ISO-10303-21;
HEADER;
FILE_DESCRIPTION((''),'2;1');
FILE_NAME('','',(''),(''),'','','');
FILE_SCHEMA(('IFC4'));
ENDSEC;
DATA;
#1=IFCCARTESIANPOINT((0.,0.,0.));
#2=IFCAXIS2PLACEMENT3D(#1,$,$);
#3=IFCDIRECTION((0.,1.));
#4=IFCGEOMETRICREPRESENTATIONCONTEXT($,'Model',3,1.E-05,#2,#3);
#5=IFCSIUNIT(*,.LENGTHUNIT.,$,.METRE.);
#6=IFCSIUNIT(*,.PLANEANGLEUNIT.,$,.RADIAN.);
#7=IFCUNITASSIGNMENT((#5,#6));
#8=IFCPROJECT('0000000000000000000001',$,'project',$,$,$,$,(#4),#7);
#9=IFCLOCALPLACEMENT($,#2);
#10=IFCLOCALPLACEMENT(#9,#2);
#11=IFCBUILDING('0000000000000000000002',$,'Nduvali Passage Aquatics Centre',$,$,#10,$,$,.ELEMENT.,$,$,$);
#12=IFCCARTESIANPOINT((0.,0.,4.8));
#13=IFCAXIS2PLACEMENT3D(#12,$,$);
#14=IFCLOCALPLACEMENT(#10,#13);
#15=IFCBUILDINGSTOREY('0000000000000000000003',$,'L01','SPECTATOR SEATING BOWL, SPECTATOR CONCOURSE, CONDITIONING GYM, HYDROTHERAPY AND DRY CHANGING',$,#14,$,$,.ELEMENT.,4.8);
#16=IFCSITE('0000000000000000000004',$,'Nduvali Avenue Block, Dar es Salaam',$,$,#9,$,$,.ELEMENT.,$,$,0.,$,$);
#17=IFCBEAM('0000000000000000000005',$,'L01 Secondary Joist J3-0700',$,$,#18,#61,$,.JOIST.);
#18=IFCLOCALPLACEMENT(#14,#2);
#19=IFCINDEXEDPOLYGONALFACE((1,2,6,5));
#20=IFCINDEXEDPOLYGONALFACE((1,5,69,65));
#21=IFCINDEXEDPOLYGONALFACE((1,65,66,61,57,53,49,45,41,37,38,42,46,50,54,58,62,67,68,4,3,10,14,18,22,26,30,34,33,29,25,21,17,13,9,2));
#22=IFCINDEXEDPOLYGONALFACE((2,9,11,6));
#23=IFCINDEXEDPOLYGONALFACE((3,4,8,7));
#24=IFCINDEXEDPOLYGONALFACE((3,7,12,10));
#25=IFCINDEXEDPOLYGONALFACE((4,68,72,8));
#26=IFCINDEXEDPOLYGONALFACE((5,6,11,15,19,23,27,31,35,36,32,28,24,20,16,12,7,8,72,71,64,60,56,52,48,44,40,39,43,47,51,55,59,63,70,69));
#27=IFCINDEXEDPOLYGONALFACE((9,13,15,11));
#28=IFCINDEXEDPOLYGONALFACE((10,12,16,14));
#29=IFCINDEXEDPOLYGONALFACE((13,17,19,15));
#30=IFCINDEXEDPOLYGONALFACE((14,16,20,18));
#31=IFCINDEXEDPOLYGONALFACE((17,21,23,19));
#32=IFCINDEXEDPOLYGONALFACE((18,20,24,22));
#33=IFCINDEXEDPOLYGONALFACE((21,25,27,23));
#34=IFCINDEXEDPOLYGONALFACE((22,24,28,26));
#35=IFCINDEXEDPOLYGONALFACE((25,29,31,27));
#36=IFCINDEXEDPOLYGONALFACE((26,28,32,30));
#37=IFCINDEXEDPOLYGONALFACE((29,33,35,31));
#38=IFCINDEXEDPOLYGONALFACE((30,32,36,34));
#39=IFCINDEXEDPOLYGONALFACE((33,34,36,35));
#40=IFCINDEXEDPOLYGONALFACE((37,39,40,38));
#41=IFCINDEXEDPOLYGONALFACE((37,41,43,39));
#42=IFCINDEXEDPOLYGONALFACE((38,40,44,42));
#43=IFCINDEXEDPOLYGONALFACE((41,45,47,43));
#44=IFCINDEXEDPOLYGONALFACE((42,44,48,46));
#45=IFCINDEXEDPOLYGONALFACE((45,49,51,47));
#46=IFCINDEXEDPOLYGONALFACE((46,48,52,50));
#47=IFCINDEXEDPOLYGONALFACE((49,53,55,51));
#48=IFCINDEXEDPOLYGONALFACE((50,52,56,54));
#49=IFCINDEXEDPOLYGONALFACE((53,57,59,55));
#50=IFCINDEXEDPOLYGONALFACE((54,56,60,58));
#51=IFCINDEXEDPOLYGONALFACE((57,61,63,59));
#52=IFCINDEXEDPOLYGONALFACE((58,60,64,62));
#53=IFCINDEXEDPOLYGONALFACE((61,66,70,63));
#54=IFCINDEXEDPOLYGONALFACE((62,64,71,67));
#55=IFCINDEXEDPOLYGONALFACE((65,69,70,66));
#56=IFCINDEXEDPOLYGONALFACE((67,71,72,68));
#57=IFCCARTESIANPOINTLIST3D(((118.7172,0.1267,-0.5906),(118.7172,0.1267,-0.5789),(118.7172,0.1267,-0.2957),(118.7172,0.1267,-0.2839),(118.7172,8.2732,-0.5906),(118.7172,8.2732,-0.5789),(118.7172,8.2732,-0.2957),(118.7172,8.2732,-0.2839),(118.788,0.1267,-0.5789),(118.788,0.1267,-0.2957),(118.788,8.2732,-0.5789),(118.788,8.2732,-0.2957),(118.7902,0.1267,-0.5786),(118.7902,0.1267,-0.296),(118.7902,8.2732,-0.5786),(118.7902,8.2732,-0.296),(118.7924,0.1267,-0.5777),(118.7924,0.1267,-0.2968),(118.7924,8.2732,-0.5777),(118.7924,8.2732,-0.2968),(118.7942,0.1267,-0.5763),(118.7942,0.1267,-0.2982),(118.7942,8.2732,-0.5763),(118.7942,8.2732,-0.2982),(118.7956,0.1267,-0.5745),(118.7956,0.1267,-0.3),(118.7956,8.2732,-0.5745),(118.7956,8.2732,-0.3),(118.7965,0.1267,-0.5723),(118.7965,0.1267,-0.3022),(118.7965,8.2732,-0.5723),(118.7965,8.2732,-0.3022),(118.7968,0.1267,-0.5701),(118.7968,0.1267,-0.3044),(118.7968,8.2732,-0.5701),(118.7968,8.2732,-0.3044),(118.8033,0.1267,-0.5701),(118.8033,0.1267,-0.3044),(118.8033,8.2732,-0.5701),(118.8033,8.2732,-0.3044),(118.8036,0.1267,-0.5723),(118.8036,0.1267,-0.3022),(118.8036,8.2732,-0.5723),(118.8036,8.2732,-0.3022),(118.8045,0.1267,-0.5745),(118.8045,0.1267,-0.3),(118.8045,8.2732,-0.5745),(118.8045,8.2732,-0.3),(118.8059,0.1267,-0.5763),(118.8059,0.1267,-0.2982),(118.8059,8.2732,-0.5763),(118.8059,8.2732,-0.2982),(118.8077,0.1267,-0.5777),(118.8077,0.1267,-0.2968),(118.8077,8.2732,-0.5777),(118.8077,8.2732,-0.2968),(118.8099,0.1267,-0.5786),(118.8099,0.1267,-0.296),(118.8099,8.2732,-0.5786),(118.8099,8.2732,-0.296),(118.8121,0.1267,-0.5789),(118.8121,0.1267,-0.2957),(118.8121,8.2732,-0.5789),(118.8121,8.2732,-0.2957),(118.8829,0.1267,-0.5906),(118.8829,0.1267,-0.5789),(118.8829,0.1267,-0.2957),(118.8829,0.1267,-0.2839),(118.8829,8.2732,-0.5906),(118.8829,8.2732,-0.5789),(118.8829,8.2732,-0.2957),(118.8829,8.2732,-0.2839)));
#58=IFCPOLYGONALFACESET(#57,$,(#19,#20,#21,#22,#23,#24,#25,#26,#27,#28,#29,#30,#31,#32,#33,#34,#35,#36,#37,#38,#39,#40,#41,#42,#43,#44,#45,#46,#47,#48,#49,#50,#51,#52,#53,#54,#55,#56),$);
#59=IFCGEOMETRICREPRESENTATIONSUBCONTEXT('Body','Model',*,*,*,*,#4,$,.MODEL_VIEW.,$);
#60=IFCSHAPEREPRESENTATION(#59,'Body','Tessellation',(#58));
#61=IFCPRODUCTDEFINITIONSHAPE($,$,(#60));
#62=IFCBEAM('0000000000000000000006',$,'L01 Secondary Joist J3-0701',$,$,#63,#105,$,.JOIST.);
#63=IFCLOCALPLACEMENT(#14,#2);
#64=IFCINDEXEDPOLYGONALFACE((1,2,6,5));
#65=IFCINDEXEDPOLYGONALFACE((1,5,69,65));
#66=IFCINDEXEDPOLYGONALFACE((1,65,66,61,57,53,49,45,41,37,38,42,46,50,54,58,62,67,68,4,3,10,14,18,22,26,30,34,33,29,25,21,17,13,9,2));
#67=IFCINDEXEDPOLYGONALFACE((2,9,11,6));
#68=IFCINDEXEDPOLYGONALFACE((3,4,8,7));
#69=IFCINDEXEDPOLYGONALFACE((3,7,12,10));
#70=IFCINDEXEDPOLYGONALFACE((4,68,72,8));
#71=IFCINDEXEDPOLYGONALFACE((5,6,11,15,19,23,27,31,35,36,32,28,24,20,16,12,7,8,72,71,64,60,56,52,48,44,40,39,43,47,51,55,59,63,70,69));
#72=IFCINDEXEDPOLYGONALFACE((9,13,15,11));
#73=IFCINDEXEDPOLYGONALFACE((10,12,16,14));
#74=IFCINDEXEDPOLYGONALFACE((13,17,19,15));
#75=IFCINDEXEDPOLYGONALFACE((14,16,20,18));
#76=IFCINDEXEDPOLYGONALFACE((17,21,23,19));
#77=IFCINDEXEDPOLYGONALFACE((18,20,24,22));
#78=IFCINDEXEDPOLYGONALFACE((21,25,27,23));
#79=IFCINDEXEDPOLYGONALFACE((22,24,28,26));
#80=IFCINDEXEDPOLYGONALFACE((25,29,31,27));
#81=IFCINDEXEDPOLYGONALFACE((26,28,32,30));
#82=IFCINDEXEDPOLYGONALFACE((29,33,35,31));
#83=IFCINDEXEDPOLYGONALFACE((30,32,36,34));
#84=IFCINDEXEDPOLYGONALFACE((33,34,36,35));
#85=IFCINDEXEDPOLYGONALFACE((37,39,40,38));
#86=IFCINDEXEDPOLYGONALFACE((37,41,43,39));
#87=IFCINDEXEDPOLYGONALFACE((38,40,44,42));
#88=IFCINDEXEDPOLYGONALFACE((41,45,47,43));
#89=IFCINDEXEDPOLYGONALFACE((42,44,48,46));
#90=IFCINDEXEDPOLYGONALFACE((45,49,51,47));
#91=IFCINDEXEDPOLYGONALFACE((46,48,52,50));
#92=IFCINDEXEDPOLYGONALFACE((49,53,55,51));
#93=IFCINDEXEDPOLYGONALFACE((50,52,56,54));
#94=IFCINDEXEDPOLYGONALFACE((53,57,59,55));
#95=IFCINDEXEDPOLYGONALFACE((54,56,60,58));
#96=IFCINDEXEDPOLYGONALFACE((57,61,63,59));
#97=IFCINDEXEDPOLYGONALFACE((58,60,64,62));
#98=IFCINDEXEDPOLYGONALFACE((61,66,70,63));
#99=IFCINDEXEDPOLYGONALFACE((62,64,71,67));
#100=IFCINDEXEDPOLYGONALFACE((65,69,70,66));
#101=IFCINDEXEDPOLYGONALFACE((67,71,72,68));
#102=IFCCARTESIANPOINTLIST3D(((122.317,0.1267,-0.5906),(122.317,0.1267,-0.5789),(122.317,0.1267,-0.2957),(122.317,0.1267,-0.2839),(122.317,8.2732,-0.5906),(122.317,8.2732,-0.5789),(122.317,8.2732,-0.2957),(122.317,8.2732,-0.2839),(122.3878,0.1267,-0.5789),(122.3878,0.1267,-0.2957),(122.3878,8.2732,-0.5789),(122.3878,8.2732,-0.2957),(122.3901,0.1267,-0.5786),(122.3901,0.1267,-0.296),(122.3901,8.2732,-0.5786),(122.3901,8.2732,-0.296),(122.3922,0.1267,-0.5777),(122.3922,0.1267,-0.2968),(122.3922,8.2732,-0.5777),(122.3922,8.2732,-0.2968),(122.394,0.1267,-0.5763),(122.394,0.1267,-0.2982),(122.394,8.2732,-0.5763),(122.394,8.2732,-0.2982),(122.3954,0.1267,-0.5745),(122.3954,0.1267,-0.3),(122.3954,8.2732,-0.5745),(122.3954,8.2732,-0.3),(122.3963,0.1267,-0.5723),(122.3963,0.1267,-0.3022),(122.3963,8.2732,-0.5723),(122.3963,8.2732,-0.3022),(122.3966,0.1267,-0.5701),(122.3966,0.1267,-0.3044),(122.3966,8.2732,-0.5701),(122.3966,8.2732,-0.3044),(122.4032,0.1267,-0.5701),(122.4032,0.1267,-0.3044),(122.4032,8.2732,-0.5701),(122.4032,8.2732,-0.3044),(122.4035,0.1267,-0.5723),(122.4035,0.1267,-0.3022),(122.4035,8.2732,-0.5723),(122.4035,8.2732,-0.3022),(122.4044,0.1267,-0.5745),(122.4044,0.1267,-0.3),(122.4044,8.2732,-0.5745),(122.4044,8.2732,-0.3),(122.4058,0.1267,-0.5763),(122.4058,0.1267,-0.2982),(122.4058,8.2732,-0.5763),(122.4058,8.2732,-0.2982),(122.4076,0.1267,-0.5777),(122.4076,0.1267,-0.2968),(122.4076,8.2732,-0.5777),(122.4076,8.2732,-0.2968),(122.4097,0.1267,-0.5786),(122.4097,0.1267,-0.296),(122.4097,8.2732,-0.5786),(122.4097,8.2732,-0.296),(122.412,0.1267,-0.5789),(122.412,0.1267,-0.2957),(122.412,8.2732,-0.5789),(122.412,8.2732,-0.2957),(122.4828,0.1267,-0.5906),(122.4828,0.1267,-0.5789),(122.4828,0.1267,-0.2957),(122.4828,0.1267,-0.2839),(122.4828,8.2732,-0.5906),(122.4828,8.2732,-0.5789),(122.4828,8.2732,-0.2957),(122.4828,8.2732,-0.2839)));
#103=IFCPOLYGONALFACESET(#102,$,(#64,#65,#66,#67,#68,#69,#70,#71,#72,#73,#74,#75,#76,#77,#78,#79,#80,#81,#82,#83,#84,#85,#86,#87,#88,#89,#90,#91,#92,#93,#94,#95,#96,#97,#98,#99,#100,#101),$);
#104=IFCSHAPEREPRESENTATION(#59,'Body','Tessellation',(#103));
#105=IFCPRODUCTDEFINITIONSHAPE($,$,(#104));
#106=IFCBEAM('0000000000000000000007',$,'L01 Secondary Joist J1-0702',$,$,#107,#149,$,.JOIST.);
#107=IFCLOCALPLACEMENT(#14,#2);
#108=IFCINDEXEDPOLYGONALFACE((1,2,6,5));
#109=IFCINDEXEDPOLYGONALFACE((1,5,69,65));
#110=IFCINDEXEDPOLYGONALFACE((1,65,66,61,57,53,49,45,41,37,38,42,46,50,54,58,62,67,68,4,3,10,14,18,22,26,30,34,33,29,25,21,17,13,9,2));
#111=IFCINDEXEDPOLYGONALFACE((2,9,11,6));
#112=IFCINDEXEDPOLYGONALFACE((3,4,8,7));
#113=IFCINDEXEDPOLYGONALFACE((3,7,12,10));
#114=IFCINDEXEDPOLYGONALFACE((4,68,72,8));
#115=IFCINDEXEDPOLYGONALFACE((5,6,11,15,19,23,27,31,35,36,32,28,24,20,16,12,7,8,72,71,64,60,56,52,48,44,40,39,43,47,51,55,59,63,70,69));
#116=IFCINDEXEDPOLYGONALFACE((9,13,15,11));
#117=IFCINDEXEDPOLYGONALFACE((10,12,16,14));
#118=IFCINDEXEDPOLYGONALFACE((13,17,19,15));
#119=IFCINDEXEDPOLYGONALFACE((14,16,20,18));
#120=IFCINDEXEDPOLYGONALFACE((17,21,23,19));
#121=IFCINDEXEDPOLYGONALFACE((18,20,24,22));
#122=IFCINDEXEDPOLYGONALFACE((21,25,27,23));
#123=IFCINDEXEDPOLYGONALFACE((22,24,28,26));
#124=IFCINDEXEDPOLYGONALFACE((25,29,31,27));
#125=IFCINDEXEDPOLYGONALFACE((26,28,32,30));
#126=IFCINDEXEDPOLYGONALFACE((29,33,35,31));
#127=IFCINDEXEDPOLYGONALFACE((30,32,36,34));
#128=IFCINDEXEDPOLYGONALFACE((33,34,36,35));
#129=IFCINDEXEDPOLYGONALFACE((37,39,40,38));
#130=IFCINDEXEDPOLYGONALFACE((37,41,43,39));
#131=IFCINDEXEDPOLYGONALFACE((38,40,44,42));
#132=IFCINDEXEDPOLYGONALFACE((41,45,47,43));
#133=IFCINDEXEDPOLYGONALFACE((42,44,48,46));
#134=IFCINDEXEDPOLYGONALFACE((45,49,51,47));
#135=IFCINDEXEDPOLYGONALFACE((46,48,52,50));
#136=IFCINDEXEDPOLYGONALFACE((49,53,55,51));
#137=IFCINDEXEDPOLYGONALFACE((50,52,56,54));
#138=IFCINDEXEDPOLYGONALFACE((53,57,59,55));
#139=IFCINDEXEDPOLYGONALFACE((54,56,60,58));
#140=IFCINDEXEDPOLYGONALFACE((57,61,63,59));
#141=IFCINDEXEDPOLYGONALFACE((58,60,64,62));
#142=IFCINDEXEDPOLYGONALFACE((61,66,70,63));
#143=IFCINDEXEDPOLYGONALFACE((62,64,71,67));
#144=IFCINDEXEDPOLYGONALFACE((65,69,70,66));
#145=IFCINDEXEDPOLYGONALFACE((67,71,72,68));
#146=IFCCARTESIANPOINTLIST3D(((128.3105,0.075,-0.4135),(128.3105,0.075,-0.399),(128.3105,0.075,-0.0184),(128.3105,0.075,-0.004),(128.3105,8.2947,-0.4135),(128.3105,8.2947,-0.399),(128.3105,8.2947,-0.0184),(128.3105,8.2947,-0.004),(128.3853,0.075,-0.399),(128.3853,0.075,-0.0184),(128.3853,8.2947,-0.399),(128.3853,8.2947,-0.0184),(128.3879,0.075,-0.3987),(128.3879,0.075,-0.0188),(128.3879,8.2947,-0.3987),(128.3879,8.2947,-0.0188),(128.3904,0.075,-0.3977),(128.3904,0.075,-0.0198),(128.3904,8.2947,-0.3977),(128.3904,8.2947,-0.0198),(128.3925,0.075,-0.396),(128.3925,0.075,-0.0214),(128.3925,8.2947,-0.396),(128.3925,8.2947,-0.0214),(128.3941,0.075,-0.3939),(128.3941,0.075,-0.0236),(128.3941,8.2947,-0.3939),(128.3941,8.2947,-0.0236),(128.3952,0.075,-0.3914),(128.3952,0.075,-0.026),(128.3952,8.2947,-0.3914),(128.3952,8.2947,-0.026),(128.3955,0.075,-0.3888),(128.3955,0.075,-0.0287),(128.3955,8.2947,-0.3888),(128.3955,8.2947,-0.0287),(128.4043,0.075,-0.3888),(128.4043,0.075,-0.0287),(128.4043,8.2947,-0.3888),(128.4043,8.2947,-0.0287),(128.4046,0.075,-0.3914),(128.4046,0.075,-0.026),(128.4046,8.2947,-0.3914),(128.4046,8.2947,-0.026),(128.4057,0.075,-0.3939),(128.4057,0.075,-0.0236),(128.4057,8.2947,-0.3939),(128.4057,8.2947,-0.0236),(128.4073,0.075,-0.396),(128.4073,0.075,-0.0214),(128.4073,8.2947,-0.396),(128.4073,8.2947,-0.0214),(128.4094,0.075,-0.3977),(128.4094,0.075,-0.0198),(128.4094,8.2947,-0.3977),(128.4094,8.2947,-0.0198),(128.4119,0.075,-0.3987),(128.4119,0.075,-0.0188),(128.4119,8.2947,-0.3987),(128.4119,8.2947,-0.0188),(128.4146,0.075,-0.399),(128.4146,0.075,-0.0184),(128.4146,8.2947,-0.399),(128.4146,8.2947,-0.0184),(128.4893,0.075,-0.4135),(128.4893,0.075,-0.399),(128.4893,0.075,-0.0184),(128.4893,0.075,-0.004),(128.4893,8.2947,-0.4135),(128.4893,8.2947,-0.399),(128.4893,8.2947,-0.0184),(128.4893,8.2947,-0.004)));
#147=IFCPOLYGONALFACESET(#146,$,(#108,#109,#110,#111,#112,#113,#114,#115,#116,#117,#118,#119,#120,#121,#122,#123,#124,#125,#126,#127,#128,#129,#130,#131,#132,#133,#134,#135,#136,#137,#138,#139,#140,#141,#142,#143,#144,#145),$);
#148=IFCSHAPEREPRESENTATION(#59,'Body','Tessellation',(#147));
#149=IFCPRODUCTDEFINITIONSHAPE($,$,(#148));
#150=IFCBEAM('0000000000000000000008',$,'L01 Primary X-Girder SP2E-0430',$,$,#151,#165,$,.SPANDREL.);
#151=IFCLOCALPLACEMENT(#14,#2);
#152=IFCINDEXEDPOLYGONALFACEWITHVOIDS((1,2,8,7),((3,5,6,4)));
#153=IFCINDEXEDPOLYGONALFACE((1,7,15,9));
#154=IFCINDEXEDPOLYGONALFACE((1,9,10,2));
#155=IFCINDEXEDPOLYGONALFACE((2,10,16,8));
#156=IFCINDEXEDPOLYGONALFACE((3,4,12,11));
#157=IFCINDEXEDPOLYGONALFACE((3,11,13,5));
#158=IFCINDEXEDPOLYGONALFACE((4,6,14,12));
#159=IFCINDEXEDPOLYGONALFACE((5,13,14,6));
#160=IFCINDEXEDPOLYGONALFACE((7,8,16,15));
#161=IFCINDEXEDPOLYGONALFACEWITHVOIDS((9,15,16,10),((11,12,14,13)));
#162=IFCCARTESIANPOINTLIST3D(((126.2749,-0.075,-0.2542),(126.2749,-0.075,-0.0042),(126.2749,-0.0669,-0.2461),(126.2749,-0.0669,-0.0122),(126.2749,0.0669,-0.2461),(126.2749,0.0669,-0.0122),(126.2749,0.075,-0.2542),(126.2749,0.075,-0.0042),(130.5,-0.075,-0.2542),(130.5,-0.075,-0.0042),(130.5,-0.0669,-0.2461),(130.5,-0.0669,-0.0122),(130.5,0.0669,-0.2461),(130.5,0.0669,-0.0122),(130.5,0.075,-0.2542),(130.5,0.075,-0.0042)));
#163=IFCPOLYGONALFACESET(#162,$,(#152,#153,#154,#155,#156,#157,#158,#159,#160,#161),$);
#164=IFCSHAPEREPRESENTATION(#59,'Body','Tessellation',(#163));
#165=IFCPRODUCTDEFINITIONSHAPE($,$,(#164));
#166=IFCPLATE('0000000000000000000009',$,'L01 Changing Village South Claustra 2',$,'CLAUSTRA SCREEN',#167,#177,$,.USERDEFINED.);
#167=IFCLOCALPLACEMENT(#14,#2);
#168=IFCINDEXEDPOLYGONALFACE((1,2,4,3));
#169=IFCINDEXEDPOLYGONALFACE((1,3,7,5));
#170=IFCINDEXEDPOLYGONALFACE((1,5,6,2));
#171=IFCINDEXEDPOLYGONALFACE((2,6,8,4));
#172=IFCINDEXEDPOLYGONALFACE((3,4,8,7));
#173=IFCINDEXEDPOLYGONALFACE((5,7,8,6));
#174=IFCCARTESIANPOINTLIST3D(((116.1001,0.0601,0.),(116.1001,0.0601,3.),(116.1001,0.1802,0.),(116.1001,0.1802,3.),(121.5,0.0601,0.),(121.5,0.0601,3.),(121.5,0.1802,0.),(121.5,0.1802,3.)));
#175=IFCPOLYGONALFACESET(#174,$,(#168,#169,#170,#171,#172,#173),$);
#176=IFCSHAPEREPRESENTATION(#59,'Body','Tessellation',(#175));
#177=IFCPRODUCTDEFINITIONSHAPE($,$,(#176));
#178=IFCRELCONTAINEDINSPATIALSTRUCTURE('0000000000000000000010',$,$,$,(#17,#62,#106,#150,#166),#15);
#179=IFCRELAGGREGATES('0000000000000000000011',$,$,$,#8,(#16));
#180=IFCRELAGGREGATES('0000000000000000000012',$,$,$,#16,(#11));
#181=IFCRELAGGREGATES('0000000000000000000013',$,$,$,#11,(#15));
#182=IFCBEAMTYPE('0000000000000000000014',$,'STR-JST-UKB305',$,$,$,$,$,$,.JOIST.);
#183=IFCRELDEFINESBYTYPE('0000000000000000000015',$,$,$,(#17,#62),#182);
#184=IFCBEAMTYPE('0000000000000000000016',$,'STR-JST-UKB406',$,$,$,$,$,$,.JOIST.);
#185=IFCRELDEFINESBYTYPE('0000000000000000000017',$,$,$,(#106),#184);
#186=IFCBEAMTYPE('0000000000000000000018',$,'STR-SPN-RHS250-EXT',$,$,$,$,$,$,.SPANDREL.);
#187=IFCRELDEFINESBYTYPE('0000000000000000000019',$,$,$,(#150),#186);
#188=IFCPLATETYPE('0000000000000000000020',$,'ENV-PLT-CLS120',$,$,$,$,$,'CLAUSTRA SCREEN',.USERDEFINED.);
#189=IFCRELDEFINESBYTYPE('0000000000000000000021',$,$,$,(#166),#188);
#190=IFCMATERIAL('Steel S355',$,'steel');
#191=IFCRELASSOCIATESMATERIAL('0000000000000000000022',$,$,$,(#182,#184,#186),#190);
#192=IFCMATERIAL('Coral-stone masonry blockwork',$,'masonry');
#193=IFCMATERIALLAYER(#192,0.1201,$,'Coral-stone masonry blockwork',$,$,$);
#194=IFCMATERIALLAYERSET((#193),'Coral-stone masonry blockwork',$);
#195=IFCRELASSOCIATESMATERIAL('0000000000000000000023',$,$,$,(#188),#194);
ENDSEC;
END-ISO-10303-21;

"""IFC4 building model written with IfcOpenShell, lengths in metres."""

from ifc_helpers import new_model, si_unit, direction, frame, origin, origin_2d, place, context, subcontext, project, spatial, rectangle, hollow_rectangle, i_section, extrude, material, layer, layer_set, material_profile, profile_set, type_object, element, save


model = new_model("IFC4")

# Units and contexts
model_context = context("Model", 3, precision=1e-05, world=origin(), true_north=direction((0.0, 1.0)))
body_context = subcontext(model_context, "Body", "Model", "MODEL_VIEW")
ifc_project = project(units=[si_unit("LENGTHUNIT", "METRE"), si_unit("PLANEANGLEUNIT", "RADIAN")], contexts=[model_context])

# Site, building, storey
site_placement = place(None, origin())
site = spatial("IfcSite", under=ifc_project, at=site_placement, Name="Nduvali Avenue Block, Dar es Salaam", CompositionType="ELEMENT", RefElevation=0.0)
building_placement = place(site_placement, origin())
building = spatial("IfcBuilding", under=site, at=building_placement, Name="Nduvali Passage Aquatics Centre", CompositionType="ELEMENT")
storey_placement = place(building_placement, frame((0.0, 0.0, 4.8)))
storey = spatial("IfcBuildingStorey", under=building, at=storey_placement, Name="L01", Description="SPECTATOR SEATING BOWL, SPECTATOR CONCOURSE, CONDITIONING GYM, HYDROTHERAPY AND DRY CHANGING", CompositionType="ELEMENT", Elevation=4.8)

# Shared definitions
ifc_material_1 = material(Name="Steel S355", Category="steel")

# Beams
ifc_material_profile_1 = material_profile(ifc_material_1, i_section(OverallWidth=0.1658, OverallDepth=0.3066, WebThickness=0.0066, FlangeThickness=0.0117, FilletRadius=0.0088, at=origin_2d()), Name="UKB 305x165x46")
ifc_profile_set_1 = profile_set([ifc_material_profile_1], Name="Steel S355")
beam_type_1 = type_object("IfcBeamType", Name="STR-JST-UKB305", PredefinedType="JOIST", material=ifc_profile_set_1)
for number, where, z_axis, x_axis, name in (
    (1, (118.8, 0.1267, -0.4373), (0.0, 1.0, 0.0), (-1.0, 0.0, 0.0), "L01 Secondary Joist J3-0700"),
    (2, (122.3999, 0.1267, -0.4373), (0.0, 1.0, 0.0), (-1.0, 0.0, 0.0), "L01 Secondary Joist J3-0701"),
):
    element("IfcBeam", number, at=place(storey_placement, frame(where, z_axis=z_axis, x_axis=x_axis)), inside=storey, type_object=beam_type_1, Name=name, PredefinedType="JOIST", context=body_context, shape_type="SweptSolid", body=[
        extrude(i_section(OverallWidth=0.1658, OverallDepth=0.3066, WebThickness=0.0066, FlangeThickness=0.0117, FilletRadius=0.0088, at=origin_2d()), origin(), (0.0, 0.0, 1.0), 8.1465),
    ])
ifc_material_profile_2 = material_profile(ifc_material_1, i_section(OverallWidth=0.1787, OverallDepth=0.4094, WebThickness=0.0088, FlangeThickness=0.0144, FilletRadius=0.0103, at=origin_2d()), Name="UKB 406x178x67")
ifc_profile_set_2 = profile_set([ifc_material_profile_2], Name="Steel S355")
beam_type_2 = type_object("IfcBeamType", Name="STR-JST-UKB406", PredefinedType="JOIST", material=ifc_profile_set_2)
beam_1_placement = place(storey_placement, frame((128.3999, 0.075, -0.2087), z_axis=(0.0, 1.0, 0.0), x_axis=(-1.0, 0.0, 0.0)))
element("IfcBeam", 3, at=beam_1_placement, inside=storey, type_object=beam_type_2, Name="L01 Secondary Joist J1-0702", PredefinedType="JOIST", context=body_context, shape_type="SweptSolid", body=[
    extrude(i_section(OverallWidth=0.1787, OverallDepth=0.4094, WebThickness=0.0088, FlangeThickness=0.0144, FilletRadius=0.0103, at=origin_2d()), origin(), (0.0, 0.0, 1.0), 8.2197),
])
ifc_material_profile_3 = material_profile(ifc_material_1, hollow_rectangle(XDim=0.1499, YDim=0.25, WallThickness=0.0081, at=origin_2d()), Name="RHS 250x150x8.0")
ifc_profile_set_3 = profile_set([ifc_material_profile_3], Name="Steel S355")
beam_type_3 = type_object("IfcBeamType", Name="STR-SPN-RHS250-EXT", PredefinedType="SPANDREL", material=ifc_profile_set_3)
beam_2_placement = place(storey_placement, frame((126.2749, 0.0, -0.1292), z_axis=(1.0, 0.0, 0.0), x_axis=(0.0, 1.0, 0.0)))
element("IfcBeam", 4, at=beam_2_placement, inside=storey, type_object=beam_type_3, Name="L01 Primary X-Girder SP2E-0430", PredefinedType="SPANDREL", context=body_context, shape_type="SweptSolid", body=[
    extrude(hollow_rectangle(XDim=0.1499, YDim=0.25, WallThickness=0.0081, at=origin_2d()), origin(), (0.0, 0.0, 1.0), 4.2251),
])

# Plate
ifc_material_2 = material(Name="Coral-stone masonry blockwork", Category="masonry")
ifc_layer_1 = layer(ifc_material_2, 0.1201, Name="Coral-stone masonry blockwork")
ifc_layer_set_1 = layer_set([ifc_layer_1], Name="Coral-stone masonry blockwork")
plate_type = type_object("IfcPlateType", Name="ENV-PLT-CLS120", ElementType="CLAUSTRA SCREEN", PredefinedType="USERDEFINED", material=ifc_layer_set_1)
plate_placement = place(storey_placement, frame((118.8, 0.1201, 0.0), z_axis=(0.0, 0.0, 1.0), x_axis=(1.0, 0.0, 0.0)))
element("IfcPlate", 5, at=plate_placement, inside=storey, type_object=plate_type, Name="L01 Changing Village South Claustra 2", ObjectType="CLAUSTRA SCREEN", PredefinedType="USERDEFINED", context=body_context, shape_type="SweptSolid", body=[
    extrude(rectangle(XDim=5.3999, YDim=0.1201, at=origin_2d()), origin(), (0.0, 0.0, 1.0), 3.0),
])

save(model, "model.ifc")
